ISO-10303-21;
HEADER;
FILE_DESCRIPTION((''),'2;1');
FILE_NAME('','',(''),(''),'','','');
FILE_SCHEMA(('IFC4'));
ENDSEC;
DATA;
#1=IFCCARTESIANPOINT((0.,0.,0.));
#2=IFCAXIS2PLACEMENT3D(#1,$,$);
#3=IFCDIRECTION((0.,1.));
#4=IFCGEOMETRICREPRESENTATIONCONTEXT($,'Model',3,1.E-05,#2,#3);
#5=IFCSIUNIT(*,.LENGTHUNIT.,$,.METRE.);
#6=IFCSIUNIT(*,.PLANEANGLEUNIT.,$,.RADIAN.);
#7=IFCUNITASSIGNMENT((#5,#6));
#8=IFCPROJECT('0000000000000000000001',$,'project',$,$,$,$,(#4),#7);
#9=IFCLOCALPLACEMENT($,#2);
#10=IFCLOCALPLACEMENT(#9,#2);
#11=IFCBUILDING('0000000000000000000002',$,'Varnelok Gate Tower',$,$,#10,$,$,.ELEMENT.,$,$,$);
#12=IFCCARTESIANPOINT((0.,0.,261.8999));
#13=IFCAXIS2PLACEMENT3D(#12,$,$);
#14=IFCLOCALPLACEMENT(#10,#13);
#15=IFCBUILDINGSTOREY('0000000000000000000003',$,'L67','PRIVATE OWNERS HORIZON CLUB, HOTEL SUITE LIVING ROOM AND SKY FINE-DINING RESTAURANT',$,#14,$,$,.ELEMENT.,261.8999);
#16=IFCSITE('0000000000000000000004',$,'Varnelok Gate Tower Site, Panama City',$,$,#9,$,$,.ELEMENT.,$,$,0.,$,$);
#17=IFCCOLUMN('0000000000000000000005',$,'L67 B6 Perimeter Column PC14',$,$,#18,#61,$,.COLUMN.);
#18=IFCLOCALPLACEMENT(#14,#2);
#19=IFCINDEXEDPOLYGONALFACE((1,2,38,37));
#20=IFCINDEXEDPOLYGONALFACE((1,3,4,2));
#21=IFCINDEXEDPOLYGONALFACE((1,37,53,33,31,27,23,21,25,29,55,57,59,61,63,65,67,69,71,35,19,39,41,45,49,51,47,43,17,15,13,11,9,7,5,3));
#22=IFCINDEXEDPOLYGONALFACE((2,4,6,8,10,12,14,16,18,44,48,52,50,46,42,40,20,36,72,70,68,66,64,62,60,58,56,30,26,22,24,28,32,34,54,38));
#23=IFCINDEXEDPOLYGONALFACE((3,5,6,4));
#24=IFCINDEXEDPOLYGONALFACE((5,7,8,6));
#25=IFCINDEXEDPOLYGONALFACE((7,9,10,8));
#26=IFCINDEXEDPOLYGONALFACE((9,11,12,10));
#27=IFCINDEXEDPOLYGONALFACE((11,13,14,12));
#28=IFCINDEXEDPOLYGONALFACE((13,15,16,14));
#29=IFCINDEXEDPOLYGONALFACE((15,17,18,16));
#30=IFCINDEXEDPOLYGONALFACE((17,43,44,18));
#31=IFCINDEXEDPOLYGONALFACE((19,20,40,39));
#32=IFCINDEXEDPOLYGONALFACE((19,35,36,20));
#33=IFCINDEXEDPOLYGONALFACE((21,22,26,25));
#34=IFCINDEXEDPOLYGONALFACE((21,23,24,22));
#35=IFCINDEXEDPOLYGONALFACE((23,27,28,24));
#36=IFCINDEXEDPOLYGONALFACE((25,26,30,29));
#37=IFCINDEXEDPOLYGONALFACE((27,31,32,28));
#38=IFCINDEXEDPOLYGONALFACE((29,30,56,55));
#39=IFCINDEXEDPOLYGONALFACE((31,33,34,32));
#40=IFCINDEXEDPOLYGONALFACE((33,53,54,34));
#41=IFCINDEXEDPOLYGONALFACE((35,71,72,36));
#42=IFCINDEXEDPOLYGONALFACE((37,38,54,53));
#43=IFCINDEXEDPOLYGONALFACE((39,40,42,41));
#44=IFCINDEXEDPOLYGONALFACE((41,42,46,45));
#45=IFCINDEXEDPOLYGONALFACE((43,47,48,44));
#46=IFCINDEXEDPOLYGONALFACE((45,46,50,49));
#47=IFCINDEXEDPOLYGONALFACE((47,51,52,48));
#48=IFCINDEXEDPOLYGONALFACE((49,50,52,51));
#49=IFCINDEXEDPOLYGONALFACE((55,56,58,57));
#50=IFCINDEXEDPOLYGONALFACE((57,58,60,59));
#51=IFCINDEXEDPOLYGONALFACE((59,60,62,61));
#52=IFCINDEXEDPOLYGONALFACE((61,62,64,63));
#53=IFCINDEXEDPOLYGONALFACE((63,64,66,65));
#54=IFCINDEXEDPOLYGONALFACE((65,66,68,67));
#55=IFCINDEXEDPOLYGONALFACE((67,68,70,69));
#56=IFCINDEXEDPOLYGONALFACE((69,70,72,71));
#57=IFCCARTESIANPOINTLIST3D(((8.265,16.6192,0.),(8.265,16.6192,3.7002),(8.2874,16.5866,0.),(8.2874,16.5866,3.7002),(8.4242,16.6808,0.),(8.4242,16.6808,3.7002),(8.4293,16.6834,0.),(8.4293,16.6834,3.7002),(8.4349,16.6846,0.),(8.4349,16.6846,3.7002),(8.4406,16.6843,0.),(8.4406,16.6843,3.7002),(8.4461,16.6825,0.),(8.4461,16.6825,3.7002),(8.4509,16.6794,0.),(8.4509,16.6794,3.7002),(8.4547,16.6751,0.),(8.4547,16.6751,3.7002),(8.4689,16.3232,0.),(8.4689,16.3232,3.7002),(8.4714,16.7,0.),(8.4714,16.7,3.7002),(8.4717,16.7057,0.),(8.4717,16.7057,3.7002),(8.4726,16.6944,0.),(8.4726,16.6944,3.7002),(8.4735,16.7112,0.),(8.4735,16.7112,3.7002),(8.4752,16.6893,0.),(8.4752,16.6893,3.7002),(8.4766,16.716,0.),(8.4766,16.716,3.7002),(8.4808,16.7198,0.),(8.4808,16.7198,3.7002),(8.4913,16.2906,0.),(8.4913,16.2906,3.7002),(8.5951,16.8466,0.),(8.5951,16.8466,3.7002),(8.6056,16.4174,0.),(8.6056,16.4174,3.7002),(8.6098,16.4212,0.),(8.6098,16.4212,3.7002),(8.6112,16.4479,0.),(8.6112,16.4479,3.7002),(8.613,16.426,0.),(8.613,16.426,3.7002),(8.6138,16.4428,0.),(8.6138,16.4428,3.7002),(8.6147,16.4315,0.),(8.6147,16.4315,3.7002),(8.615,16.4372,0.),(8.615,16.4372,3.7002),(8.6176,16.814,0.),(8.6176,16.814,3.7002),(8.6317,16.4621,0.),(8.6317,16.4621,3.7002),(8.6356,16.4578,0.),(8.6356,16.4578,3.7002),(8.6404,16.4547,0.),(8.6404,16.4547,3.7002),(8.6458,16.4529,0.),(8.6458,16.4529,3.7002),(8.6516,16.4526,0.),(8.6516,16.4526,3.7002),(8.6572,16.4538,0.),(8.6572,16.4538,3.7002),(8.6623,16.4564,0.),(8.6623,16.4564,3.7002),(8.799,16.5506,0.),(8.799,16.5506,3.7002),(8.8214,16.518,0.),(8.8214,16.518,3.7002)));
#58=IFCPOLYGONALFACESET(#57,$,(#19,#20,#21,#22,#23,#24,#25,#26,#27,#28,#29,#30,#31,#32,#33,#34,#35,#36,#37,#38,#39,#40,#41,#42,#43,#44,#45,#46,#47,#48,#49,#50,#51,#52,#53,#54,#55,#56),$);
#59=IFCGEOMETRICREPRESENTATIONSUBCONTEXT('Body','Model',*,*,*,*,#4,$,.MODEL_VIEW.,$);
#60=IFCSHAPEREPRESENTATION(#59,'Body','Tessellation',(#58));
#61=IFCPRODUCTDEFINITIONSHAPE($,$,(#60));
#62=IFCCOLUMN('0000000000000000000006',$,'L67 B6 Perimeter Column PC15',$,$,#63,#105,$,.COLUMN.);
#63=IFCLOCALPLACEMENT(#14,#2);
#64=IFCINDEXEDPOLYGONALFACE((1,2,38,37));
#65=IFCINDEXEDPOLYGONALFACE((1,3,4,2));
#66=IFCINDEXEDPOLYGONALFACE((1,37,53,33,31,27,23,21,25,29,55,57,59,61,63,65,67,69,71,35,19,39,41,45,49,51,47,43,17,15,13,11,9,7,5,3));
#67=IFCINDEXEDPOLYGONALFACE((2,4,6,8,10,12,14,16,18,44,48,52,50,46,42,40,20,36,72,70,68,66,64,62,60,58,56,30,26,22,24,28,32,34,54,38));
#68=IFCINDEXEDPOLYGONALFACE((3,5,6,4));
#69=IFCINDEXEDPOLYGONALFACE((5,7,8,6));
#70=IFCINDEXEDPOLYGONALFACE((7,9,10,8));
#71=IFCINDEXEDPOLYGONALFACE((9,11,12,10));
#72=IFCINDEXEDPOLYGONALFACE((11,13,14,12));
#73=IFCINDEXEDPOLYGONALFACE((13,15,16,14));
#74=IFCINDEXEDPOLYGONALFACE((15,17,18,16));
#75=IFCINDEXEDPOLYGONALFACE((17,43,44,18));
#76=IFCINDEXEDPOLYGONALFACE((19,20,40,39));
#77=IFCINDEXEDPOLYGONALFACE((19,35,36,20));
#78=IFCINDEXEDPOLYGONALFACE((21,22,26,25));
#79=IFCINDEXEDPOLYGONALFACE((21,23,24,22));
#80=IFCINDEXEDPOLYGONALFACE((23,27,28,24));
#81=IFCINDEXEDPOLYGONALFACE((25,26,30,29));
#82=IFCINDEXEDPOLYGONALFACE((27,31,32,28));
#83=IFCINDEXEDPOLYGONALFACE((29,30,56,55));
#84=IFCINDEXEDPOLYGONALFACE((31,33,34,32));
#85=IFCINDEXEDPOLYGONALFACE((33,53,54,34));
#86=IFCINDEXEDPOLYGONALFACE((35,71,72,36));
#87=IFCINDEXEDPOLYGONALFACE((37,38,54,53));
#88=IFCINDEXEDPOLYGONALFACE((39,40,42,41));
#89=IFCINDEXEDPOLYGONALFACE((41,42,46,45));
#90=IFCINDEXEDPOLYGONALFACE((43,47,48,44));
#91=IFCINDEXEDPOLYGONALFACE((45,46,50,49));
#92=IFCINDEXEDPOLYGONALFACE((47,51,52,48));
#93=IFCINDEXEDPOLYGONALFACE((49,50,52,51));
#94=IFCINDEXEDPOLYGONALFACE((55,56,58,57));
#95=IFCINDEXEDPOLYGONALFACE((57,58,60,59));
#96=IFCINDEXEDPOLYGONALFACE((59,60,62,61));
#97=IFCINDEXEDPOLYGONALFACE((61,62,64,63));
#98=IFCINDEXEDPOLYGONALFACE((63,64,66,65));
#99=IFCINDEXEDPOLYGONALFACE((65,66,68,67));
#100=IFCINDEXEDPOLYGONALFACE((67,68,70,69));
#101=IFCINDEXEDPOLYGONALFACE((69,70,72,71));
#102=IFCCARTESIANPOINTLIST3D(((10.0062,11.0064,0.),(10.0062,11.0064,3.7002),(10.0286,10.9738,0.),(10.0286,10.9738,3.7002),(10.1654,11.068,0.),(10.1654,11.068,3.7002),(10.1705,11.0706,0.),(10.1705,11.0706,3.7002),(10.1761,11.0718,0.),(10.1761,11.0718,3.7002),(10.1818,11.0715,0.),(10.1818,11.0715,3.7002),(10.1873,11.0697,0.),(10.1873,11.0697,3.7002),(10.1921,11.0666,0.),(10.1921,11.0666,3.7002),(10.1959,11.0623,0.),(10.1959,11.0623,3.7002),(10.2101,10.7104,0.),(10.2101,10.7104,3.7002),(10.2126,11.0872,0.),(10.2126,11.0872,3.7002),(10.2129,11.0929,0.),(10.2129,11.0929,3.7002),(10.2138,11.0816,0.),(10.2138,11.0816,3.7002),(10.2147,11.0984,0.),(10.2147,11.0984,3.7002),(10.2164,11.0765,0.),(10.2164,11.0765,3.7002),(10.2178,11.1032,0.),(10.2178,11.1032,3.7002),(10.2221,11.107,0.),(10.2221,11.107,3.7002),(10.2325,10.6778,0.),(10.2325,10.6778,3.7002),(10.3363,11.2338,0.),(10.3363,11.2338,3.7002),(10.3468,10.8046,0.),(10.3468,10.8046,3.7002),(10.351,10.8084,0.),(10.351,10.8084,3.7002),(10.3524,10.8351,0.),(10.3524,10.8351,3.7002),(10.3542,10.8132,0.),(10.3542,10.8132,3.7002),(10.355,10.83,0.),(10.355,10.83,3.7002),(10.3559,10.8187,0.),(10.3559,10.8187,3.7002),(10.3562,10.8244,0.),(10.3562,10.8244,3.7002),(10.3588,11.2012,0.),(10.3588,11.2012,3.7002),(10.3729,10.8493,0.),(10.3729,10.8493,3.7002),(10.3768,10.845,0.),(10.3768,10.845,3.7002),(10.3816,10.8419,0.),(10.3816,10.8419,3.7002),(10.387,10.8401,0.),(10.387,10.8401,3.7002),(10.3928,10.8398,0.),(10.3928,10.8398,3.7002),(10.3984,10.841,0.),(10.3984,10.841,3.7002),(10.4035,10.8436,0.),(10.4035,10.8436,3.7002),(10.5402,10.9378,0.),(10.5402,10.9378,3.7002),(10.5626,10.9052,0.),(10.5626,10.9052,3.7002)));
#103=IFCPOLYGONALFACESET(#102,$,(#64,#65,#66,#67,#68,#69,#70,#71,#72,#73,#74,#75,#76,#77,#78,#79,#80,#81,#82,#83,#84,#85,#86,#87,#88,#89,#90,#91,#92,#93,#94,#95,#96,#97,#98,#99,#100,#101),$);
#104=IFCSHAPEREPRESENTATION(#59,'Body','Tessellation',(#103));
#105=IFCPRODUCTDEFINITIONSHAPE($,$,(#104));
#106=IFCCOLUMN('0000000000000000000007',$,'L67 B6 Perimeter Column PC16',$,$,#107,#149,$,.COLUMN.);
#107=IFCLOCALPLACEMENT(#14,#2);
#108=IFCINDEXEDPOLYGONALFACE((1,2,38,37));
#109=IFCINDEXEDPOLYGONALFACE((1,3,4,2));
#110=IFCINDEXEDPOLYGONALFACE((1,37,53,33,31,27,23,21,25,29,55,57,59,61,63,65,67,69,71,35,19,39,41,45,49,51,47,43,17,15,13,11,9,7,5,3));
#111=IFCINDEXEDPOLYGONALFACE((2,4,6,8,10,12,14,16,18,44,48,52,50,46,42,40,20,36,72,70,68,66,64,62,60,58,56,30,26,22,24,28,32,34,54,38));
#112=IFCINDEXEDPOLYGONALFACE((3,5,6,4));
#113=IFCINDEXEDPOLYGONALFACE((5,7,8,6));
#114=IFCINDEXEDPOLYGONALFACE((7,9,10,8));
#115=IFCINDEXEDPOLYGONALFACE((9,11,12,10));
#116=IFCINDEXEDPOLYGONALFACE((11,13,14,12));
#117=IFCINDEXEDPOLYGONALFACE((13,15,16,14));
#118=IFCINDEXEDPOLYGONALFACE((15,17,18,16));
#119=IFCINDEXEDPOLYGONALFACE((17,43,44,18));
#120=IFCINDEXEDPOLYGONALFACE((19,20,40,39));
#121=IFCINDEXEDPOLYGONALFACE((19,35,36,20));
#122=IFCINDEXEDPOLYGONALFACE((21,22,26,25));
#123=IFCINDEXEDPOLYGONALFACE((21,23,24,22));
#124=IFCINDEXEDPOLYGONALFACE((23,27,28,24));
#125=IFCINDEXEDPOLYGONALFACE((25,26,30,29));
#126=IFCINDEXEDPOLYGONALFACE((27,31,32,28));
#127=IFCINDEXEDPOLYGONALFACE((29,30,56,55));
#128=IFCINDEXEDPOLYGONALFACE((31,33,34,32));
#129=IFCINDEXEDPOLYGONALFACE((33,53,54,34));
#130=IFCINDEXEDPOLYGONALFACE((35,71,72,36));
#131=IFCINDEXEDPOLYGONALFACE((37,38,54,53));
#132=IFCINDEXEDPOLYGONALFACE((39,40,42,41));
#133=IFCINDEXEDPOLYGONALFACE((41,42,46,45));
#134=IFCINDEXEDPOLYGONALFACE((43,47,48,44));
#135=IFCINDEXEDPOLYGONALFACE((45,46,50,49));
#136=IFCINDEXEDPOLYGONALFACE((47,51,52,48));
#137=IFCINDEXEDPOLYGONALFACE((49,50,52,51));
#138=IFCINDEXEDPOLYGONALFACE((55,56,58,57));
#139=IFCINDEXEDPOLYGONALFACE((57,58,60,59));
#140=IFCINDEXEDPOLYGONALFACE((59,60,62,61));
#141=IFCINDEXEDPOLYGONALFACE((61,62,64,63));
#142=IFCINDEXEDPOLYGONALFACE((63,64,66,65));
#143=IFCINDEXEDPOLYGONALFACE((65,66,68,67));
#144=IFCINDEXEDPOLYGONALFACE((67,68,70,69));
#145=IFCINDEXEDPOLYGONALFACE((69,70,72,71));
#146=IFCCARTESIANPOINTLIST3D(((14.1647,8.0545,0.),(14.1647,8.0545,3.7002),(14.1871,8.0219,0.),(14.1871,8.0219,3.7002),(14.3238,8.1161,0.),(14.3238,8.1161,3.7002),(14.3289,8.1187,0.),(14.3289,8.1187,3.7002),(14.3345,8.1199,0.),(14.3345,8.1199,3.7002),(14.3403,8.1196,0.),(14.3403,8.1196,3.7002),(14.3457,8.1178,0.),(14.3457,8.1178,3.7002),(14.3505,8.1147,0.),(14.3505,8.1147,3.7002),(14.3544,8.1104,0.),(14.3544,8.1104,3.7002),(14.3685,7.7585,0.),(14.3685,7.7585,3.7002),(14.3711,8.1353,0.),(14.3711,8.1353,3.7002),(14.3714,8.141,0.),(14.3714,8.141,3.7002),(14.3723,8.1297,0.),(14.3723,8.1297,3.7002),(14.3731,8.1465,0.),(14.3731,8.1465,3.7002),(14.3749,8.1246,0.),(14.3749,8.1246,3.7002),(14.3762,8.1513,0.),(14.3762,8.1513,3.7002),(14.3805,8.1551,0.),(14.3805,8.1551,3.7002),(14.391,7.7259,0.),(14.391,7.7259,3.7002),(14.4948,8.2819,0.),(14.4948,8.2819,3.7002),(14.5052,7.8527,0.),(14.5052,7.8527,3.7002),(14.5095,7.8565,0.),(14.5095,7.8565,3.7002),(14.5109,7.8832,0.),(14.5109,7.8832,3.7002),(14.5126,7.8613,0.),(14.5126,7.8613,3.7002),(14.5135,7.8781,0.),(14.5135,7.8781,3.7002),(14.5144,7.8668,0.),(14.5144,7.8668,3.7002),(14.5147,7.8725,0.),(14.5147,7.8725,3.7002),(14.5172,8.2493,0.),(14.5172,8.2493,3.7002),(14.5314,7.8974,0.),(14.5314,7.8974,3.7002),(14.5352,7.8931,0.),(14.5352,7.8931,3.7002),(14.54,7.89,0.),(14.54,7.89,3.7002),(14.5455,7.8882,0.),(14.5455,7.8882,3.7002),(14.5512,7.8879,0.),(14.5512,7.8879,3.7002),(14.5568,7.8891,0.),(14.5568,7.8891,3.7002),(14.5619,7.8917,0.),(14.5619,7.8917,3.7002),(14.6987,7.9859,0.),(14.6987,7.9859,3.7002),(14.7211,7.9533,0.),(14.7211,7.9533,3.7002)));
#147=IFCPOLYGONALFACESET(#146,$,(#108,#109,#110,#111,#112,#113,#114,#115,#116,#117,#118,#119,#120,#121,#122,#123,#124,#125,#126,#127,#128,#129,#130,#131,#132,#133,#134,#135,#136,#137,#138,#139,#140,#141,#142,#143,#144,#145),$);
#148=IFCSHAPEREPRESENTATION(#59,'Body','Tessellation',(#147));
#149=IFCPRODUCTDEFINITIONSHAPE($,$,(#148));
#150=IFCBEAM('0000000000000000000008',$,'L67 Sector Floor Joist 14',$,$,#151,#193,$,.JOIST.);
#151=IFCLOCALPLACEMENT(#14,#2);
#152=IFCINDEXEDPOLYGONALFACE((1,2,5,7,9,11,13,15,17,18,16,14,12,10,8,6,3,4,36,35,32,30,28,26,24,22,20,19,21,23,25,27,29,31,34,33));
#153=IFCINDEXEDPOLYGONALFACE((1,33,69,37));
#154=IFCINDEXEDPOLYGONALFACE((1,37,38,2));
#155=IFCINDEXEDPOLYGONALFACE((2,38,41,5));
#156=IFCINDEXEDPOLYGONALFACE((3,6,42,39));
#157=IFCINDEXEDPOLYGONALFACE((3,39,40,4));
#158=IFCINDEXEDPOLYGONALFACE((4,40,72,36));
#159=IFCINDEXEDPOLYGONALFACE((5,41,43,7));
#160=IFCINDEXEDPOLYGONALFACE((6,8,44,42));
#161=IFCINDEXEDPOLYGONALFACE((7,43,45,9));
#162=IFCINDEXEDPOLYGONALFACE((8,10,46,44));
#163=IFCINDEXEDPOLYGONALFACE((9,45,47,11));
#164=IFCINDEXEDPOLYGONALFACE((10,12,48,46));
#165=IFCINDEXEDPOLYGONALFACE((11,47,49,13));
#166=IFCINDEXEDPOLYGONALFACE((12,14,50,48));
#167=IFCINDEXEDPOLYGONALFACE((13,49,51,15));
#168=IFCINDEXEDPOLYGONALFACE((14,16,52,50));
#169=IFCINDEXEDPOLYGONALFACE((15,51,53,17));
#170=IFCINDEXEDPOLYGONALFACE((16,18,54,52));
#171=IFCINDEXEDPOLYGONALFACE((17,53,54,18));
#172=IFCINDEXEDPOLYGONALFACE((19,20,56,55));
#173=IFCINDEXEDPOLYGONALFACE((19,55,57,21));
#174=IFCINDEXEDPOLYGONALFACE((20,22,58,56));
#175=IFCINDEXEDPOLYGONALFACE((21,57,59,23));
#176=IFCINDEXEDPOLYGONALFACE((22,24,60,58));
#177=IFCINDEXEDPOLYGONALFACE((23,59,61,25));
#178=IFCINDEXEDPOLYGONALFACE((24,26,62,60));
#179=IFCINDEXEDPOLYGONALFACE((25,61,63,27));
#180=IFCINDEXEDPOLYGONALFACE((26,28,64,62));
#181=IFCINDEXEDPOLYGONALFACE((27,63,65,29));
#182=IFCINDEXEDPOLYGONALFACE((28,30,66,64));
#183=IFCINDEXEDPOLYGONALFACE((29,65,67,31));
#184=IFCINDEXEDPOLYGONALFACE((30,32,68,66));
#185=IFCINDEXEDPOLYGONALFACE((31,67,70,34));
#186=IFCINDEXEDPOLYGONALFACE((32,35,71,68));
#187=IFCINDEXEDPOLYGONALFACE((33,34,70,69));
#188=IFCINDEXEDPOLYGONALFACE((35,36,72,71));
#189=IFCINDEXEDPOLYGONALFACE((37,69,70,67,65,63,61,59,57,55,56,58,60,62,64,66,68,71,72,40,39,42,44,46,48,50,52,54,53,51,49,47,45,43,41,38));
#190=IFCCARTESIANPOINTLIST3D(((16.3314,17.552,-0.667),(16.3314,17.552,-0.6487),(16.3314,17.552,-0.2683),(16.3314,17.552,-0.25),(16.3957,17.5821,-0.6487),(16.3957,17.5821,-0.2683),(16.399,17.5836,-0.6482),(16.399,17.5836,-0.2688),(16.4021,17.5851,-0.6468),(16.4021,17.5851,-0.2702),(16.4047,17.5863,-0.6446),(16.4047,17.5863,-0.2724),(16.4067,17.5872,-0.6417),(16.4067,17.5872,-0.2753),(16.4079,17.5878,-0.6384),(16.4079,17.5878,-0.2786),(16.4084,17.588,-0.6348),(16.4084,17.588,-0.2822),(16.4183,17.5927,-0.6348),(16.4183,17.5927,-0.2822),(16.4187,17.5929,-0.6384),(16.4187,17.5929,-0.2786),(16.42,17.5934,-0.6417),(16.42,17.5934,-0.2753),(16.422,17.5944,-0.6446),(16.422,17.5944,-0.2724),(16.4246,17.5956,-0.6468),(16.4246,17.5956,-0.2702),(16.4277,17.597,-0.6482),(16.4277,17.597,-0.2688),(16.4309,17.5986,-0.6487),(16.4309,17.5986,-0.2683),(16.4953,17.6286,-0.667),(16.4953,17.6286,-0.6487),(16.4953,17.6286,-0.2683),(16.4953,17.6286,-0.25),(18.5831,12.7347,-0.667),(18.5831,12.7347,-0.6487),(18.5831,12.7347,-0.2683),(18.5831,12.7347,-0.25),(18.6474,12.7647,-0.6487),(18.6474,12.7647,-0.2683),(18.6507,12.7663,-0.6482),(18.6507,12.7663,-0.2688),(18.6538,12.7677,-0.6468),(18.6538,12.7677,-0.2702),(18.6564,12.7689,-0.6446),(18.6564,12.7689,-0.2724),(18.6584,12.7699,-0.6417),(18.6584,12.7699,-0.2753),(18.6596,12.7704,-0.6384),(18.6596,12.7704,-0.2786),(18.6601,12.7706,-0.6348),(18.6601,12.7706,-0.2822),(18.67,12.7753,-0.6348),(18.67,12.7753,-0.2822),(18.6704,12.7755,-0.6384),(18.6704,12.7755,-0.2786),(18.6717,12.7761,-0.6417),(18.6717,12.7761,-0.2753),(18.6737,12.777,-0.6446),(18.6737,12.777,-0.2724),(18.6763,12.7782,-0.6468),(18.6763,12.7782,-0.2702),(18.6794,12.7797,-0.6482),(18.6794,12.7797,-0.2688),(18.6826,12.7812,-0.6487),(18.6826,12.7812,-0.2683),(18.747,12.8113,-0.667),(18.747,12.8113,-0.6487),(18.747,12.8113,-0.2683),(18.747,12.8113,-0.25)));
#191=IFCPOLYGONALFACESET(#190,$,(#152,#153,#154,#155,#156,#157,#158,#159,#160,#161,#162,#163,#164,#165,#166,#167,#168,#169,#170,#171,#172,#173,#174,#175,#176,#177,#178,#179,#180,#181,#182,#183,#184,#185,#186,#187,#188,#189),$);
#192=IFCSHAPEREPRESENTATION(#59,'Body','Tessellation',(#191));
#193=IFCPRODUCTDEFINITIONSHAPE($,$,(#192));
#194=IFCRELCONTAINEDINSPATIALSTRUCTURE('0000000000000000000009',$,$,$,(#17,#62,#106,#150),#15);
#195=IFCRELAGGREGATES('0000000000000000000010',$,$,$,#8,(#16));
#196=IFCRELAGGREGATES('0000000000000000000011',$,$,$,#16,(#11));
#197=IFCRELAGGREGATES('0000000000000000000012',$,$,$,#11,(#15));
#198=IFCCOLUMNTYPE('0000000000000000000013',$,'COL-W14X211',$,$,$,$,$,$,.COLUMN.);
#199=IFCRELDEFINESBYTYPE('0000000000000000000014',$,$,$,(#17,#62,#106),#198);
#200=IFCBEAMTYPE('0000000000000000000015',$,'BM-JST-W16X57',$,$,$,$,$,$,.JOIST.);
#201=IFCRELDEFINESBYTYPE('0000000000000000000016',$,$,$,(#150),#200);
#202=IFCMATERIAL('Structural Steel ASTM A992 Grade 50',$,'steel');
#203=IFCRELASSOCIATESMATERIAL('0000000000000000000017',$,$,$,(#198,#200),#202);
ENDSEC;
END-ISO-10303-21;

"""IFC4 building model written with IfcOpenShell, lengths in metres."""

from ifc_helpers import new_model, si_unit, direction, frame, origin, origin_2d, place, context, subcontext, project, spatial, i_section, extrude, material, material_profile, profile_set, type_object, element, save


model = new_model("IFC4")

# Units and contexts
model_context = context("Model", 3, precision=1e-05, world=origin(), true_north=direction((0.0, 1.0)))
body_context = subcontext(model_context, "Body", "Model", "MODEL_VIEW")
ifc_project = project(units=[si_unit("LENGTHUNIT", "METRE"), si_unit("PLANEANGLEUNIT", "RADIAN")], contexts=[model_context])

# Site, building, storey
site_placement = place(None, origin())
site = spatial("IfcSite", under=ifc_project, at=site_placement, Name="Varnelok Gate Tower Site, Panama City", CompositionType="ELEMENT", RefElevation=0.0)
building_placement = place(site_placement, origin())
building = spatial("IfcBuilding", under=site, at=building_placement, Name="Varnelok Gate Tower", CompositionType="ELEMENT")
storey_placement = place(building_placement, frame((0.0, 0.0, 261.8999)))
storey = spatial("IfcBuildingStorey", under=building, at=storey_placement, Name="L67", Description="PRIVATE OWNERS HORIZON CLUB, HOTEL SUITE LIVING ROOM AND SKY FINE-DINING RESTAURANT", CompositionType="ELEMENT", Elevation=261.8999)

# Columns
ifc_material_1 = material(Name="Structural Steel ASTM A992 Grade 50", Category="steel")
ifc_material_profile_1 = material_profile(ifc_material_1, i_section(OverallWidth=0.4009, OverallDepth=0.3989, WebThickness=0.0249, FlangeThickness=0.0396, FilletRadius=0.022, at=origin_2d()), Name="W14X211")
ifc_profile_set_1 = profile_set([ifc_material_profile_1], Name="Structural Steel ASTM A992 Grade 50")
column_type = type_object("IfcColumnType", Name="COL-W14X211", PredefinedType="COLUMN", material=ifc_profile_set_1)
for number, where, z_axis, x_axis, name in (
    (1, (8.5432, 16.5686, 0.0), (0.0, 0.0, 1.0), (0.823533, 0.567269, 0.0), "L67 B6 Perimeter Column PC14"),
    (2, (10.2844, 10.9558, 0.0), (0.0, 0.0, 1.0), (0.823533, 0.567269, 0.0), "L67 B6 Perimeter Column PC15"),
    (3, (14.4429, 8.0039, 0.0), (0.0, 0.0, 1.0), (0.823533, 0.567269, 0.0), "L67 B6 Perimeter Column PC16"),
):
    element("IfcColumn", number, at=place(storey_placement, frame(where, z_axis=z_axis, x_axis=x_axis)), inside=storey, type_object=column_type, Name=name, PredefinedType="COLUMN", context=body_context, shape_type="SweptSolid", body=[
        extrude(i_section(OverallWidth=0.4009, OverallDepth=0.3989, WebThickness=0.0249, FlangeThickness=0.0396, FilletRadius=0.022, at=origin_2d()), origin(), (0.0, 0.0, 1.0), 3.7002),
    ])

# Beam
ifc_material_profile_2 = material_profile(ifc_material_1, i_section(OverallWidth=0.1809, OverallDepth=0.417, WebThickness=0.011, FlangeThickness=0.0183, FilletRadius=0.0139, at=origin_2d()), Name="W16X57")
ifc_profile_set_2 = profile_set([ifc_material_profile_2], Name="Structural Steel ASTM A992 Grade 50")
beam_type_1 = type_object("IfcBeamType", Name="BM-JST-W16X57", PredefinedType="JOIST", material=ifc_profile_set_2)
beam_1_placement = place(storey_placement, frame((16.4133, 17.5903, -0.4585), z_axis=(0.423441, -0.905924, 0.0), x_axis=(0.905924, 0.423441, 0.0)))
element("IfcBeam", 4, at=beam_1_placement, inside=storey, type_object=beam_type_1, Name="L67 Sector Floor Joist 14", PredefinedType="JOIST", context=body_context, shape_type="SweptSolid", body=[
    extrude(i_section(OverallWidth=0.1809, OverallDepth=0.417, WebThickness=0.011, FlangeThickness=0.0183, FilletRadius=0.0139, at=origin_2d()), origin(), (0.0, 0.0, 1.0), 5.3176),
])

save(model, "model.ifc")
